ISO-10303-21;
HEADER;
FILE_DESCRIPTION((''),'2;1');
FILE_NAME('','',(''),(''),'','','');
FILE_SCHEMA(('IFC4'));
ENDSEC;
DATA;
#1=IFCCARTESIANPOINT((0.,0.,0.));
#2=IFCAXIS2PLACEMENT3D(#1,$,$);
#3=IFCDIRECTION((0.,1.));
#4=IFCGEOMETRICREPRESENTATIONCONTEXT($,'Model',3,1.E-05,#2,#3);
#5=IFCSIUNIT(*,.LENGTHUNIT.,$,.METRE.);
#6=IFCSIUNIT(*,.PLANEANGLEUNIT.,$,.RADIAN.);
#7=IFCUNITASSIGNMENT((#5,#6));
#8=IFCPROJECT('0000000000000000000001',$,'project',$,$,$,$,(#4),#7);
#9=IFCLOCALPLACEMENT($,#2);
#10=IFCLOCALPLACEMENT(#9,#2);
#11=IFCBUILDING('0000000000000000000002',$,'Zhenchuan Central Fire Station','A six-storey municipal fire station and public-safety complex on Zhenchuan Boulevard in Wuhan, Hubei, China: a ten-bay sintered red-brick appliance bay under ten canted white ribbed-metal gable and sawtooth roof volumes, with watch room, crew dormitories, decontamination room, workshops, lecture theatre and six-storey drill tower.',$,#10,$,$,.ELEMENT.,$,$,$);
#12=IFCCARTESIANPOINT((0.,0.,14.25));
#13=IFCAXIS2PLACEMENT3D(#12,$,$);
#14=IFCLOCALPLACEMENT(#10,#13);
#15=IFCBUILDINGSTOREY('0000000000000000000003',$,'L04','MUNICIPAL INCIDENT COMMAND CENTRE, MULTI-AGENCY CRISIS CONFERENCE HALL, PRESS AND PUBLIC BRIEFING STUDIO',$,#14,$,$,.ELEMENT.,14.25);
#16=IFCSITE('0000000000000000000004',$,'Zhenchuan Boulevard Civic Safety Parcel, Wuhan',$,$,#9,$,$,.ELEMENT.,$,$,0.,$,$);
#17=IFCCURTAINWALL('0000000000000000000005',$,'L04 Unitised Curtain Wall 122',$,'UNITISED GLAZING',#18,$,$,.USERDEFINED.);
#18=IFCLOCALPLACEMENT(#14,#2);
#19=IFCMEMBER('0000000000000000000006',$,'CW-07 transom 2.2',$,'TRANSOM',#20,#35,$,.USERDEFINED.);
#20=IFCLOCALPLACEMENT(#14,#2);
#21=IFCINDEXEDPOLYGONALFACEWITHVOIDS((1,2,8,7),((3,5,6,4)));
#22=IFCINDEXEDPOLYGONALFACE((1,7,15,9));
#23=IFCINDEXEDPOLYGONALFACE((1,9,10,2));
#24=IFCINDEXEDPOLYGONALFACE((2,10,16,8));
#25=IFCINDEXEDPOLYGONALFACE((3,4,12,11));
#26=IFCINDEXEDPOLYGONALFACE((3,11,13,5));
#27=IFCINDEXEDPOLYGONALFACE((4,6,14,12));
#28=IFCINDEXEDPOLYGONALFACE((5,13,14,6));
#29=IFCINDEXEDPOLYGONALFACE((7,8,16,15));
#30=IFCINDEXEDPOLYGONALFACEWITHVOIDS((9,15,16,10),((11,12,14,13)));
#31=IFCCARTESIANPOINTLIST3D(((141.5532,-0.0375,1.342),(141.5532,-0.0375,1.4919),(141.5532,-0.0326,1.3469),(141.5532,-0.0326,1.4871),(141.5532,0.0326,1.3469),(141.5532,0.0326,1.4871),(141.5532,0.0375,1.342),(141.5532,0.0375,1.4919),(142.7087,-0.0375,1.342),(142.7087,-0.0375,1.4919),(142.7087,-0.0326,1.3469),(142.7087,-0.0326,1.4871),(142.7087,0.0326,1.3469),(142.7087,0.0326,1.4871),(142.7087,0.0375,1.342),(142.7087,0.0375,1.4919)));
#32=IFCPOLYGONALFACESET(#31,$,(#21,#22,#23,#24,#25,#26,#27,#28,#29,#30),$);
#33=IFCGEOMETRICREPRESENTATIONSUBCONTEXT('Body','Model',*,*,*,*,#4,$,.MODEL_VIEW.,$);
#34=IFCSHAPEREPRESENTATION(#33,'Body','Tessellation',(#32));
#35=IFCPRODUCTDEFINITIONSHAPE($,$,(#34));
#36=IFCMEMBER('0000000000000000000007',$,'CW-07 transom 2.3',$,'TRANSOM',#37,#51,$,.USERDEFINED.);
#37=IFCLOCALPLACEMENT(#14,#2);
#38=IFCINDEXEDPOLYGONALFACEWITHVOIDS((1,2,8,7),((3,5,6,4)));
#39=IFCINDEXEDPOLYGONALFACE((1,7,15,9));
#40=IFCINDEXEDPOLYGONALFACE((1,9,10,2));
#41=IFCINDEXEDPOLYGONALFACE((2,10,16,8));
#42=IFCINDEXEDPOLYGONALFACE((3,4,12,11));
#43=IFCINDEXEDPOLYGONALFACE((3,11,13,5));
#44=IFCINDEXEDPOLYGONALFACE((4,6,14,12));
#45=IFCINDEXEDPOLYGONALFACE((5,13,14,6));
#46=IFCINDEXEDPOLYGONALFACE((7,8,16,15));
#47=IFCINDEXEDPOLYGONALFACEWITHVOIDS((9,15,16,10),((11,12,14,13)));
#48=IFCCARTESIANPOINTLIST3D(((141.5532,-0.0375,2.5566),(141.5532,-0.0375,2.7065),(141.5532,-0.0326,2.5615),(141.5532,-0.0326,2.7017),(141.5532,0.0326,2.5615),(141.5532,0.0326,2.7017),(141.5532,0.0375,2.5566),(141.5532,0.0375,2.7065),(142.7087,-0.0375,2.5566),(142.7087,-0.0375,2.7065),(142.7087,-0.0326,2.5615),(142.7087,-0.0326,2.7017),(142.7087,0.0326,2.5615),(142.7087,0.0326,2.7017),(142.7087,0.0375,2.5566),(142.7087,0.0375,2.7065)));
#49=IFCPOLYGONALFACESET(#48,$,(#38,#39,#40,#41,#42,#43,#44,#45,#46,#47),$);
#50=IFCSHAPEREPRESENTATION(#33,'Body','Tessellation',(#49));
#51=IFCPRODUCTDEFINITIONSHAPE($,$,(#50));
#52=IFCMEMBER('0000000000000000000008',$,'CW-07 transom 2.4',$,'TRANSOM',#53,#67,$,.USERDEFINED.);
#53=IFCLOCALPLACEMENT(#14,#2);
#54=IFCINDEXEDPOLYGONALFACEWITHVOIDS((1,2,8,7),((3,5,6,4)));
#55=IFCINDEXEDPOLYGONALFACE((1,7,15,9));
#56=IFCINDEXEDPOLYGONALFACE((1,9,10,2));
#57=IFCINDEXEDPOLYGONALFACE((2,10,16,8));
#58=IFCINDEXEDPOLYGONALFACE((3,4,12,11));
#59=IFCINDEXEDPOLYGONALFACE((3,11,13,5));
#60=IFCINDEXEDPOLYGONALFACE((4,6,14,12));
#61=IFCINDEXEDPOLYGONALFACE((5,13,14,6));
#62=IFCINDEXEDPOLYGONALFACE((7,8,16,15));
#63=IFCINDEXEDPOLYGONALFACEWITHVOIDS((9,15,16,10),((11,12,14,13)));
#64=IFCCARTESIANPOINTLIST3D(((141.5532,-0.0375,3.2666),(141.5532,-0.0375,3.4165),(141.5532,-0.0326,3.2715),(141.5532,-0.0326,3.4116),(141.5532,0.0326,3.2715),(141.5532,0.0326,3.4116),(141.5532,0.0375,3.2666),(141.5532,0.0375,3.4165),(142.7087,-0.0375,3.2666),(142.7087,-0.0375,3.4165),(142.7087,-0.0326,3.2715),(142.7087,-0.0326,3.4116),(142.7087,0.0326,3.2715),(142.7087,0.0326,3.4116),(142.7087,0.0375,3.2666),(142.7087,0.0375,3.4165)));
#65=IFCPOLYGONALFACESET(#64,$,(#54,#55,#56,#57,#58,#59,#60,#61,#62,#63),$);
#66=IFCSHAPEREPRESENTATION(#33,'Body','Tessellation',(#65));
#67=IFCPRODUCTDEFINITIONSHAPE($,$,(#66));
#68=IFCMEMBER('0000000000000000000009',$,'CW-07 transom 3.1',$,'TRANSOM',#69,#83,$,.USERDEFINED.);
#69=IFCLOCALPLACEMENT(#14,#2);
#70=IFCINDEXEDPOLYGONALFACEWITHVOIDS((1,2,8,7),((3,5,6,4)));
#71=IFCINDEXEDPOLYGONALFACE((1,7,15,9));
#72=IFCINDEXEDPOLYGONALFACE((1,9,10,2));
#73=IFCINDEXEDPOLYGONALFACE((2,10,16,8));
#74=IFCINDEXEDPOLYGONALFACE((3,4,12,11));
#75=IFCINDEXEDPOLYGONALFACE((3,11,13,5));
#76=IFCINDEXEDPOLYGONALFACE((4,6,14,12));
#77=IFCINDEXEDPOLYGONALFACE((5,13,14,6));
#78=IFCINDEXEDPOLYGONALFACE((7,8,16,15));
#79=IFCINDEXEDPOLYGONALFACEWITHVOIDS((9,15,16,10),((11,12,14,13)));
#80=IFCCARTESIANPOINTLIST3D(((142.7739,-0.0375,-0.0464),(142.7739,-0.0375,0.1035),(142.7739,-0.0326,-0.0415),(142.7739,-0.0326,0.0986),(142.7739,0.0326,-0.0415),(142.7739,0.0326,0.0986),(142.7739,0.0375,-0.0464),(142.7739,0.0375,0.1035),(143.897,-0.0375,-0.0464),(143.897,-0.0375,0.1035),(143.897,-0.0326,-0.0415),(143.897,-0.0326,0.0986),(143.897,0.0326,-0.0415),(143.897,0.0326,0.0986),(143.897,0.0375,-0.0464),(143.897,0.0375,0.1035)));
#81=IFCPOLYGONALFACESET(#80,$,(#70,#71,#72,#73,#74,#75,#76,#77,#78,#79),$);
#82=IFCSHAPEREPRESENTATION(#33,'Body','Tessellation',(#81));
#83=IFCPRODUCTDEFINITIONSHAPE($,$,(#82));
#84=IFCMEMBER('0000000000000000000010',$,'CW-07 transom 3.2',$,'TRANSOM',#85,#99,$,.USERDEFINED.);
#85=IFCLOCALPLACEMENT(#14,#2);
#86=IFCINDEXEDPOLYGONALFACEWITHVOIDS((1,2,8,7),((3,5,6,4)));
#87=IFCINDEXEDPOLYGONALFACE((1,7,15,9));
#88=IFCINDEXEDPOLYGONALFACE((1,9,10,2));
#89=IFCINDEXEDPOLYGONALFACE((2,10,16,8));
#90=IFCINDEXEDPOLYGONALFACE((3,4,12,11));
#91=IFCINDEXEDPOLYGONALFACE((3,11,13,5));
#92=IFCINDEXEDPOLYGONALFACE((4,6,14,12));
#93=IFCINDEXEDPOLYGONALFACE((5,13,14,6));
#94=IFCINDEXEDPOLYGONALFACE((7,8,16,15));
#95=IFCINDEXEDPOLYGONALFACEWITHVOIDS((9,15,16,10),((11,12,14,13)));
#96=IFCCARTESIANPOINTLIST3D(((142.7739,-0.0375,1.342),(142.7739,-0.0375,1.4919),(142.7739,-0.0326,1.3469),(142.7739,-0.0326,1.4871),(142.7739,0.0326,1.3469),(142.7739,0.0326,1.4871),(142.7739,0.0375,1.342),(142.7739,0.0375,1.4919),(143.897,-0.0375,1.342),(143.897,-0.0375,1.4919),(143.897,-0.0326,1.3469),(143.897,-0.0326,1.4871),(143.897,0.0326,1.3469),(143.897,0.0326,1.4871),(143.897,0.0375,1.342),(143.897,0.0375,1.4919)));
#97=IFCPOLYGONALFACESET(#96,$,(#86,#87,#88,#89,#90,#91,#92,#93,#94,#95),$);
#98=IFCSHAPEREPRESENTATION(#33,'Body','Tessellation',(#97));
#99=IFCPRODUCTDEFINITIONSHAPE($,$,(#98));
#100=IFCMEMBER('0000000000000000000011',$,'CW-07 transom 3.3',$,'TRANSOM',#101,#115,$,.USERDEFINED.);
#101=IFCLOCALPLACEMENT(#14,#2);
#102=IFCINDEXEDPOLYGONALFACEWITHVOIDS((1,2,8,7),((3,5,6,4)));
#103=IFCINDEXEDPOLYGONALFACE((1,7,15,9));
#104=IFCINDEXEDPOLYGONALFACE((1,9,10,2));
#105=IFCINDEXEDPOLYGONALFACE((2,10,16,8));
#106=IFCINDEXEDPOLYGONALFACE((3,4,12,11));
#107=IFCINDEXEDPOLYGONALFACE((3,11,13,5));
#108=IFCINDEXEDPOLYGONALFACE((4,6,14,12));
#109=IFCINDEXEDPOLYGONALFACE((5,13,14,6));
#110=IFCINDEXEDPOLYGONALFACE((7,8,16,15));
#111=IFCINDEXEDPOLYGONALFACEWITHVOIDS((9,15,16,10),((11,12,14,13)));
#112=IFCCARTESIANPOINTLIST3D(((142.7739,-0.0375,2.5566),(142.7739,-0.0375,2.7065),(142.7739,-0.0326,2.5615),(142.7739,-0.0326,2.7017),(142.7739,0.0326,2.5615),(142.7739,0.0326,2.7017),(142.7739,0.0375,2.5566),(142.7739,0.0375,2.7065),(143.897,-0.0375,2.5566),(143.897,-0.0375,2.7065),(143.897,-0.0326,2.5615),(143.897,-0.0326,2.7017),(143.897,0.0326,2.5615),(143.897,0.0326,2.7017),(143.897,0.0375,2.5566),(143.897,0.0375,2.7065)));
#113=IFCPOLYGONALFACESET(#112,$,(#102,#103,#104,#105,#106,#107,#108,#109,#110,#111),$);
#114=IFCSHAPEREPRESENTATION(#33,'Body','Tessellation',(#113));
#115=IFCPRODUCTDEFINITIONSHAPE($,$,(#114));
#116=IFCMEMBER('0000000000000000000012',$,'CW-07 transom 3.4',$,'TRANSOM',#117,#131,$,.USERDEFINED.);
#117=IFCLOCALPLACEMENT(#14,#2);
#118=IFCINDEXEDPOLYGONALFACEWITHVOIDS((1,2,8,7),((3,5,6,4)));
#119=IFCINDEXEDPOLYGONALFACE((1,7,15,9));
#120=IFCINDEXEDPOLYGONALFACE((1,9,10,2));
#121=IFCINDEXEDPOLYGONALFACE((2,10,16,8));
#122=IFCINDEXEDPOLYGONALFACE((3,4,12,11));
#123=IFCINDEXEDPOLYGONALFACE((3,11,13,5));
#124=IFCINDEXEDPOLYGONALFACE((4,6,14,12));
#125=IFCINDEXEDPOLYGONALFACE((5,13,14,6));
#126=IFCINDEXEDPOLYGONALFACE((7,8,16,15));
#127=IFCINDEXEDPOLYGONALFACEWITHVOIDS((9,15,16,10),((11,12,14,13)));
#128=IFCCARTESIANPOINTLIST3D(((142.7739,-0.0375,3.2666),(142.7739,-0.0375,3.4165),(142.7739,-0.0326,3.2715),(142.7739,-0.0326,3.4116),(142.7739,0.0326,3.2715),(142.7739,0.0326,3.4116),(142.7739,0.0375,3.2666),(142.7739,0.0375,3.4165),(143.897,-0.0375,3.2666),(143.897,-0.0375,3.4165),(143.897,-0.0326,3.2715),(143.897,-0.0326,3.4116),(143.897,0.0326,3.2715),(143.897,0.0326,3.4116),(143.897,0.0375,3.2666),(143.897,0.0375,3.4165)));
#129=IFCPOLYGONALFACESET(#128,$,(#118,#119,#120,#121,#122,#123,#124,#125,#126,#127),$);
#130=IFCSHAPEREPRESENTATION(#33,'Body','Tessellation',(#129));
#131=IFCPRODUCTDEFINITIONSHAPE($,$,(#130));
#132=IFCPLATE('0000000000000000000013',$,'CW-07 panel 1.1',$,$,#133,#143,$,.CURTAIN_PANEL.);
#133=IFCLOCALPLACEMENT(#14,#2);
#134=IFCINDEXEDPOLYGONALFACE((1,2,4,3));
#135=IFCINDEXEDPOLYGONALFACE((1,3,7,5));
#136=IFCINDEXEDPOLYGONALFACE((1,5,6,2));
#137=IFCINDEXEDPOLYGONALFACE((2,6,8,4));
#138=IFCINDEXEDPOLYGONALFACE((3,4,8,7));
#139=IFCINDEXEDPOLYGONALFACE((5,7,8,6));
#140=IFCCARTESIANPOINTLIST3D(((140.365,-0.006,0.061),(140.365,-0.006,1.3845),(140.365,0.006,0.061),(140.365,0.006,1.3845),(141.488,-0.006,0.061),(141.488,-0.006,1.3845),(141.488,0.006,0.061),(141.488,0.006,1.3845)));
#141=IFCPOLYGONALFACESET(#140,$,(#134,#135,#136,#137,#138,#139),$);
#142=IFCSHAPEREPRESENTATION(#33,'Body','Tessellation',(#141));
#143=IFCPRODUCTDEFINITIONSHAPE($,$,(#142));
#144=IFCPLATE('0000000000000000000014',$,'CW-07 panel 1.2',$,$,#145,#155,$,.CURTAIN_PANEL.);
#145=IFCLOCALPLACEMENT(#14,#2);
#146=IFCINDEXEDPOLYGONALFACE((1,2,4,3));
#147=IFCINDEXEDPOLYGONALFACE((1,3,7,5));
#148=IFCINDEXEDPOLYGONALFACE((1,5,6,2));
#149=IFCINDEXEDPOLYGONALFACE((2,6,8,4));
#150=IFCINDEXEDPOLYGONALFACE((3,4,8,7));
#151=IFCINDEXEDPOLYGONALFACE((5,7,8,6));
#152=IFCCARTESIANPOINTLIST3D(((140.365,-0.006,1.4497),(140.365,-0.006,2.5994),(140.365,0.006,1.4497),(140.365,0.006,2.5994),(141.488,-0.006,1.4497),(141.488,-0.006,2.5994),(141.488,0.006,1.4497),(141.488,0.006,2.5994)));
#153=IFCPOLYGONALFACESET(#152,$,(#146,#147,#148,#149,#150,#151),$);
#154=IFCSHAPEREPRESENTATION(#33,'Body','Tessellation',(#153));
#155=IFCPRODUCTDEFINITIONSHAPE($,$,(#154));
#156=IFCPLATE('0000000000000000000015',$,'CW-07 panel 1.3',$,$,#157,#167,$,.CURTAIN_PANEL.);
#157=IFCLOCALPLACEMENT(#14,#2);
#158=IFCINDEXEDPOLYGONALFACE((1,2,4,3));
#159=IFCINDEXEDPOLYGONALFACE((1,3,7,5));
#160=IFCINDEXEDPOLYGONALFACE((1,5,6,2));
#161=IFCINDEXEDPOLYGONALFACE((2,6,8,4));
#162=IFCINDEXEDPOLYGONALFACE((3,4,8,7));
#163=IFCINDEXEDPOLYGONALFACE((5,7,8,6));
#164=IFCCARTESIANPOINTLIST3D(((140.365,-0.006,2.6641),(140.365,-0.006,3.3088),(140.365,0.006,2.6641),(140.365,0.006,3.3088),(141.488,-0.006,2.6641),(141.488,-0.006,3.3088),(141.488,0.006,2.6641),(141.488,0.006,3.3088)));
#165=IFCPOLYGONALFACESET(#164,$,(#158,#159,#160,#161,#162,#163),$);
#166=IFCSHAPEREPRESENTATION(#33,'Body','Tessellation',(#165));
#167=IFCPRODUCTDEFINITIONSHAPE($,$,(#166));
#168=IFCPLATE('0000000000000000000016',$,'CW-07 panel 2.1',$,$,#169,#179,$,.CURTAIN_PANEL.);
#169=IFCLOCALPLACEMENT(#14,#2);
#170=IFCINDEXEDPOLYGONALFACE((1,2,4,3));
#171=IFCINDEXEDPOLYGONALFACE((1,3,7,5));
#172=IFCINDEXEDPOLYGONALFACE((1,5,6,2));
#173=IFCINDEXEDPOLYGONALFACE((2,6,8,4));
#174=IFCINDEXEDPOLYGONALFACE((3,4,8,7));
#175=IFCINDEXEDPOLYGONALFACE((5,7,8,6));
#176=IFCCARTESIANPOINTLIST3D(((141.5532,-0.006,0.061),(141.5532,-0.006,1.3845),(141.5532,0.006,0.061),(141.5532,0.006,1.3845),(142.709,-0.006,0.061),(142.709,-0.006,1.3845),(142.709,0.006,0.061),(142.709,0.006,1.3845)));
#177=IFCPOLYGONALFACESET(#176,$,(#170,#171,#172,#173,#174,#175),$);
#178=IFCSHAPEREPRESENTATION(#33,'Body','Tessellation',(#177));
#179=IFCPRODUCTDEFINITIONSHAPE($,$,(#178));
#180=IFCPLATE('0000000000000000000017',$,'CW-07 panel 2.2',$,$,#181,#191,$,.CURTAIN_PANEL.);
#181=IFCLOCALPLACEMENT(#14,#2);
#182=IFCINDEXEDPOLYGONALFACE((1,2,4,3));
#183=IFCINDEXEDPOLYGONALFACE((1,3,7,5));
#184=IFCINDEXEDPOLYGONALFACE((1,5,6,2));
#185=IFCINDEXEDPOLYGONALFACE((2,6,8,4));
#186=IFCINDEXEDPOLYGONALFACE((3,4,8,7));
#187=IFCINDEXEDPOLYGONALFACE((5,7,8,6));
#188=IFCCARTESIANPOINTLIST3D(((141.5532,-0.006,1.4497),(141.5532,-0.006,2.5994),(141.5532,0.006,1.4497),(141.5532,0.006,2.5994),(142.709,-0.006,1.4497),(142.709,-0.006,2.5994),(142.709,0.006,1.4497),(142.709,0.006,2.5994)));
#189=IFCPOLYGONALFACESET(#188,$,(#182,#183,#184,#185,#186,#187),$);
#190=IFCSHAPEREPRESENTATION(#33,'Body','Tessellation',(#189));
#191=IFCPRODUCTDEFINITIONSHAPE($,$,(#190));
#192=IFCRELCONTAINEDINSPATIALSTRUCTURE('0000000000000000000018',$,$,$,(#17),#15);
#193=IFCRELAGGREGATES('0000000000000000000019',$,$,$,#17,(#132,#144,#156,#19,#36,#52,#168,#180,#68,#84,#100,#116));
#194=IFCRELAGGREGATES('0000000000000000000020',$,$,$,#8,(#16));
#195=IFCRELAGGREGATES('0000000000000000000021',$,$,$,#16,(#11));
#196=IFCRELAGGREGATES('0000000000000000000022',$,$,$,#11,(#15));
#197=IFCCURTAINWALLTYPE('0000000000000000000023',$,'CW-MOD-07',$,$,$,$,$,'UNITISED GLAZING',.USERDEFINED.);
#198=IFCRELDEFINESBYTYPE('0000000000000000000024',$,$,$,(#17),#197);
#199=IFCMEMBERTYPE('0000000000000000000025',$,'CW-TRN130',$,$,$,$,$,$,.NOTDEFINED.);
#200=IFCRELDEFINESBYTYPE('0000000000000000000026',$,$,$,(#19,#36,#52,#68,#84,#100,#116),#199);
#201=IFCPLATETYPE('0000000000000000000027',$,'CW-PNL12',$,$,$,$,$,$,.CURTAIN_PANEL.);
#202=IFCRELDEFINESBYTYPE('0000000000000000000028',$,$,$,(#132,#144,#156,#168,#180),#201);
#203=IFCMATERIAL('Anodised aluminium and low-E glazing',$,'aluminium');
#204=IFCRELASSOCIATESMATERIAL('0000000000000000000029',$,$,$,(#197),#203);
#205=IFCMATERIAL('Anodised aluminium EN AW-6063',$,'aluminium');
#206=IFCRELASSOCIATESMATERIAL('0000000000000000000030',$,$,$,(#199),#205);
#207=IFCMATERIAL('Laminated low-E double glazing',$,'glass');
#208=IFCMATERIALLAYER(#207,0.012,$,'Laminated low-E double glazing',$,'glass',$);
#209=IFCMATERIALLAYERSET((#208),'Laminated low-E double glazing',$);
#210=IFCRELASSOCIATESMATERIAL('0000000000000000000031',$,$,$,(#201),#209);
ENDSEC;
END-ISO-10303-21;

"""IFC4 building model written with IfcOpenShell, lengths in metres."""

from ifc_helpers import new_model, si_unit, direction, frame, origin, origin_2d, place, context, subcontext, project, spatial, rectangle, hollow_rectangle, extrude, material, layer, layer_set, material_profile, profile_set, type_object, element, aggregate, save


model = new_model("IFC4")

# Units and contexts
model_context = context("Model", 3, precision=1e-05, world=origin(), true_north=direction((0.0, 1.0)))
body_context = subcontext(model_context, "Body", "Model", "MODEL_VIEW")
ifc_project = project(units=[si_unit("LENGTHUNIT", "METRE"), si_unit("PLANEANGLEUNIT", "RADIAN")], contexts=[model_context])

# Site, building, storey
site_placement = place(None, origin())
site = spatial("IfcSite", under=ifc_project, at=site_placement, Name="Zhenchuan Boulevard Civic Safety Parcel, Wuhan", CompositionType="ELEMENT", RefElevation=0.0)
building_placement = place(site_placement, origin())
building = spatial("IfcBuilding", under=site, at=building_placement, Name="Zhenchuan Central Fire Station", Description="A six-storey municipal fire station and public-safety complex on Zhenchuan Boulevard in Wuhan, Hubei, China: a ten-bay sintered red-brick appliance bay under ten canted white ribbed-metal gable and sawtooth roof volumes, with watch room, crew dormitories, decontamination room, workshops, lecture theatre and six-storey drill tower.", CompositionType="ELEMENT")
storey_placement = place(building_placement, frame((0.0, 0.0, 14.25)))
storey = spatial("IfcBuildingStorey", under=building, at=storey_placement, Name="L04", Description="MUNICIPAL INCIDENT COMMAND CENTRE, MULTI-AGENCY CRISIS CONFERENCE HALL, PRESS AND PUBLIC BRIEFING STUDIO", CompositionType="ELEMENT", Elevation=14.25)

# Curtain wall, members, plates
ifc_material_1 = material(Name="Anodised aluminium and low-E glazing", Category="aluminium")
curtain_wall_type = type_object("IfcCurtainWallType", Name="CW-MOD-07", ElementType="UNITISED GLAZING", PredefinedType="USERDEFINED", material=ifc_material_1)
curtain_wall_placement = place(storey_placement, origin())
curtain_wall = element("IfcCurtainWall", 1, at=curtain_wall_placement, inside=storey, type_object=curtain_wall_type, Name="L04 Unitised Curtain Wall 122", ObjectType="UNITISED GLAZING", PredefinedType="USERDEFINED")
ifc_material_2 = material(Name="Anodised aluminium EN AW-6063", Category="aluminium")
ifc_material_profile_1 = material_profile(ifc_material_2, hollow_rectangle(XDim=0.075, YDim=0.1499, WallThickness=0.0049, at=origin_2d()), Name="ALU-T 150x75")
ifc_profile_set_1 = profile_set([ifc_material_profile_1], Name="Anodised aluminium EN AW-6063")
member_type_1 = type_object("IfcMemberType", Name="CW-TRN130", PredefinedType="NOTDEFINED", material=ifc_profile_set_1)
member_1_placement = place(storey_placement, frame((141.5532, 0.0, 1.417), z_axis=(1.0, 0.0, 0.0), x_axis=(0.0, 1.0, 0.0)))
member_1 = element("IfcMember", 2, at=member_1_placement, type_object=member_type_1, Name="CW-07 transom 2.2", ObjectType="TRANSOM", PredefinedType="USERDEFINED", context=body_context, shape_type="SweptSolid", body=[
    extrude(hollow_rectangle(XDim=0.075, YDim=0.1499, WallThickness=0.0049, at=origin_2d()), origin(), (0.0, 0.0, 1.0), 1.1555),
])
member_2_placement = place(storey_placement, frame((141.5532, 0.0, 2.6316), z_axis=(1.0, 0.0, 0.0), x_axis=(0.0, 1.0, 0.0)))
member_2 = element("IfcMember", 3, at=member_2_placement, type_object=member_type_1, Name="CW-07 transom 2.3", ObjectType="TRANSOM", PredefinedType="USERDEFINED", context=body_context, shape_type="SweptSolid", body=[
    extrude(hollow_rectangle(XDim=0.075, YDim=0.1499, WallThickness=0.0049, at=origin_2d()), origin(), (0.0, 0.0, 1.0), 1.1555),
])
member_3_placement = place(storey_placement, frame((141.5532, 0.0, 3.3416), z_axis=(1.0, 0.0, 0.0), x_axis=(0.0, 1.0, 0.0)))
member_3 = element("IfcMember", 4, at=member_3_placement, type_object=member_type_1, Name="CW-07 transom 2.4", ObjectType="TRANSOM", PredefinedType="USERDEFINED", context=body_context, shape_type="SweptSolid", body=[
    extrude(hollow_rectangle(XDim=0.075, YDim=0.1499, WallThickness=0.0049, at=origin_2d()), origin(), (0.0, 0.0, 1.0), 1.1555),
])
member_4_placement = place(storey_placement, frame((142.7739, 0.0, 0.0286), z_axis=(1.0, 0.0, 0.0), x_axis=(0.0, 1.0, 0.0)))
member_4 = element("IfcMember", 5, at=member_4_placement, type_object=member_type_1, Name="CW-07 transom 3.1", ObjectType="TRANSOM", PredefinedType="USERDEFINED", context=body_context, shape_type="SweptSolid", body=[
    extrude(hollow_rectangle(XDim=0.075, YDim=0.1499, WallThickness=0.0049, at=origin_2d()), origin(), (0.0, 0.0, 1.0), 1.123),
])
member_5_placement = place(storey_placement, frame((142.7739, 0.0, 1.417), z_axis=(1.0, 0.0, 0.0), x_axis=(0.0, 1.0, 0.0)))
member_5 = element("IfcMember", 6, at=member_5_placement, type_object=member_type_1, Name="CW-07 transom 3.2", ObjectType="TRANSOM", PredefinedType="USERDEFINED", context=body_context, shape_type="SweptSolid", body=[
    extrude(hollow_rectangle(XDim=0.075, YDim=0.1499, WallThickness=0.0049, at=origin_2d()), origin(), (0.0, 0.0, 1.0), 1.123),
])
member_6_placement = place(storey_placement, frame((142.7739, 0.0, 2.6316), z_axis=(1.0, 0.0, 0.0), x_axis=(0.0, 1.0, 0.0)))
member_6 = element("IfcMember", 7, at=member_6_placement, type_object=member_type_1, Name="CW-07 transom 3.3", ObjectType="TRANSOM", PredefinedType="USERDEFINED", context=body_context, shape_type="SweptSolid", body=[
    extrude(hollow_rectangle(XDim=0.075, YDim=0.1499, WallThickness=0.0049, at=origin_2d()), origin(), (0.0, 0.0, 1.0), 1.123),
])
member_7_placement = place(storey_placement, frame((142.7739, 0.0, 3.3416), z_axis=(1.0, 0.0, 0.0), x_axis=(0.0, 1.0, 0.0)))
member_7 = element("IfcMember", 8, at=member_7_placement, type_object=member_type_1, Name="CW-07 transom 3.4", ObjectType="TRANSOM", PredefinedType="USERDEFINED", context=body_context, shape_type="SweptSolid", body=[
    extrude(hollow_rectangle(XDim=0.075, YDim=0.1499, WallThickness=0.0049, at=origin_2d()), origin(), (0.0, 0.0, 1.0), 1.123),
])
ifc_material_3 = material(Name="Laminated low-E double glazing", Category="glass")
ifc_layer = layer(ifc_material_3, 0.012, Name="Laminated low-E double glazing", Category="glass")
ifc_layer_set = layer_set([ifc_layer], Name="Laminated low-E double glazing")
plate_type = type_object("IfcPlateType", Name="CW-PNL12", PredefinedType="CURTAIN_PANEL", material=ifc_layer_set)
plate_1_placement = place(storey_placement, frame((140.9265, 0.0, 0.061), z_axis=(0.0, 0.0, 1.0), x_axis=(1.0, 0.0, 0.0)))
plate_1 = element("IfcPlate", 9, at=plate_1_placement, type_object=plate_type, Name="CW-07 panel 1.1", PredefinedType="CURTAIN_PANEL", context=body_context, shape_type="SweptSolid", body=[
    extrude(rectangle(XDim=1.123, YDim=0.012, at=origin_2d()), origin(), (0.0, 0.0, 1.0), 1.3235),
])
plate_2_placement = place(storey_placement, frame((140.9265, 0.0, 1.4497), z_axis=(0.0, 0.0, 1.0), x_axis=(1.0, 0.0, 0.0)))
plate_2 = element("IfcPlate", 10, at=plate_2_placement, type_object=plate_type, Name="CW-07 panel 1.2", PredefinedType="CURTAIN_PANEL", context=body_context, shape_type="SweptSolid", body=[
    extrude(rectangle(XDim=1.123, YDim=0.012, at=origin_2d()), origin(), (0.0, 0.0, 1.0), 1.1497),
])
plate_3_placement = place(storey_placement, frame((140.9265, 0.0, 2.6641), z_axis=(0.0, 0.0, 1.0), x_axis=(1.0, 0.0, 0.0)))
plate_3 = element("IfcPlate", 11, at=plate_3_placement, type_object=plate_type, Name="CW-07 panel 1.3", PredefinedType="CURTAIN_PANEL", context=body_context, shape_type="SweptSolid", body=[
    extrude(rectangle(XDim=1.123, YDim=0.012, at=origin_2d()), origin(), (0.0, 0.0, 1.0), 0.6448),
])
plate_4_placement = place(storey_placement, frame((142.1311, 0.0, 0.061), z_axis=(0.0, 0.0, 1.0), x_axis=(1.0, 0.0, 0.0)))
plate_4 = element("IfcPlate", 12, at=plate_4_placement, type_object=plate_type, Name="CW-07 panel 2.1", PredefinedType="CURTAIN_PANEL", context=body_context, shape_type="SweptSolid", body=[
    extrude(rectangle(XDim=1.1558, YDim=0.012, at=origin_2d()), origin(), (0.0, 0.0, 1.0), 1.3235),
])
plate_5_placement = place(storey_placement, frame((142.1311, 0.0, 1.4497), z_axis=(0.0, 0.0, 1.0), x_axis=(1.0, 0.0, 0.0)))
plate_5 = element("IfcPlate", 13, at=plate_5_placement, type_object=plate_type, Name="CW-07 panel 2.2", PredefinedType="CURTAIN_PANEL", context=body_context, shape_type="SweptSolid", body=[
    extrude(rectangle(XDim=1.1558, YDim=0.012, at=origin_2d()), origin(), (0.0, 0.0, 1.0), 1.1497),
])
aggregate(curtain_wall, [plate_1, plate_2, plate_3, member_1, member_2, member_3, plate_4, plate_5, member_4, member_5, member_6, member_7])

save(model, "model.ifc")
